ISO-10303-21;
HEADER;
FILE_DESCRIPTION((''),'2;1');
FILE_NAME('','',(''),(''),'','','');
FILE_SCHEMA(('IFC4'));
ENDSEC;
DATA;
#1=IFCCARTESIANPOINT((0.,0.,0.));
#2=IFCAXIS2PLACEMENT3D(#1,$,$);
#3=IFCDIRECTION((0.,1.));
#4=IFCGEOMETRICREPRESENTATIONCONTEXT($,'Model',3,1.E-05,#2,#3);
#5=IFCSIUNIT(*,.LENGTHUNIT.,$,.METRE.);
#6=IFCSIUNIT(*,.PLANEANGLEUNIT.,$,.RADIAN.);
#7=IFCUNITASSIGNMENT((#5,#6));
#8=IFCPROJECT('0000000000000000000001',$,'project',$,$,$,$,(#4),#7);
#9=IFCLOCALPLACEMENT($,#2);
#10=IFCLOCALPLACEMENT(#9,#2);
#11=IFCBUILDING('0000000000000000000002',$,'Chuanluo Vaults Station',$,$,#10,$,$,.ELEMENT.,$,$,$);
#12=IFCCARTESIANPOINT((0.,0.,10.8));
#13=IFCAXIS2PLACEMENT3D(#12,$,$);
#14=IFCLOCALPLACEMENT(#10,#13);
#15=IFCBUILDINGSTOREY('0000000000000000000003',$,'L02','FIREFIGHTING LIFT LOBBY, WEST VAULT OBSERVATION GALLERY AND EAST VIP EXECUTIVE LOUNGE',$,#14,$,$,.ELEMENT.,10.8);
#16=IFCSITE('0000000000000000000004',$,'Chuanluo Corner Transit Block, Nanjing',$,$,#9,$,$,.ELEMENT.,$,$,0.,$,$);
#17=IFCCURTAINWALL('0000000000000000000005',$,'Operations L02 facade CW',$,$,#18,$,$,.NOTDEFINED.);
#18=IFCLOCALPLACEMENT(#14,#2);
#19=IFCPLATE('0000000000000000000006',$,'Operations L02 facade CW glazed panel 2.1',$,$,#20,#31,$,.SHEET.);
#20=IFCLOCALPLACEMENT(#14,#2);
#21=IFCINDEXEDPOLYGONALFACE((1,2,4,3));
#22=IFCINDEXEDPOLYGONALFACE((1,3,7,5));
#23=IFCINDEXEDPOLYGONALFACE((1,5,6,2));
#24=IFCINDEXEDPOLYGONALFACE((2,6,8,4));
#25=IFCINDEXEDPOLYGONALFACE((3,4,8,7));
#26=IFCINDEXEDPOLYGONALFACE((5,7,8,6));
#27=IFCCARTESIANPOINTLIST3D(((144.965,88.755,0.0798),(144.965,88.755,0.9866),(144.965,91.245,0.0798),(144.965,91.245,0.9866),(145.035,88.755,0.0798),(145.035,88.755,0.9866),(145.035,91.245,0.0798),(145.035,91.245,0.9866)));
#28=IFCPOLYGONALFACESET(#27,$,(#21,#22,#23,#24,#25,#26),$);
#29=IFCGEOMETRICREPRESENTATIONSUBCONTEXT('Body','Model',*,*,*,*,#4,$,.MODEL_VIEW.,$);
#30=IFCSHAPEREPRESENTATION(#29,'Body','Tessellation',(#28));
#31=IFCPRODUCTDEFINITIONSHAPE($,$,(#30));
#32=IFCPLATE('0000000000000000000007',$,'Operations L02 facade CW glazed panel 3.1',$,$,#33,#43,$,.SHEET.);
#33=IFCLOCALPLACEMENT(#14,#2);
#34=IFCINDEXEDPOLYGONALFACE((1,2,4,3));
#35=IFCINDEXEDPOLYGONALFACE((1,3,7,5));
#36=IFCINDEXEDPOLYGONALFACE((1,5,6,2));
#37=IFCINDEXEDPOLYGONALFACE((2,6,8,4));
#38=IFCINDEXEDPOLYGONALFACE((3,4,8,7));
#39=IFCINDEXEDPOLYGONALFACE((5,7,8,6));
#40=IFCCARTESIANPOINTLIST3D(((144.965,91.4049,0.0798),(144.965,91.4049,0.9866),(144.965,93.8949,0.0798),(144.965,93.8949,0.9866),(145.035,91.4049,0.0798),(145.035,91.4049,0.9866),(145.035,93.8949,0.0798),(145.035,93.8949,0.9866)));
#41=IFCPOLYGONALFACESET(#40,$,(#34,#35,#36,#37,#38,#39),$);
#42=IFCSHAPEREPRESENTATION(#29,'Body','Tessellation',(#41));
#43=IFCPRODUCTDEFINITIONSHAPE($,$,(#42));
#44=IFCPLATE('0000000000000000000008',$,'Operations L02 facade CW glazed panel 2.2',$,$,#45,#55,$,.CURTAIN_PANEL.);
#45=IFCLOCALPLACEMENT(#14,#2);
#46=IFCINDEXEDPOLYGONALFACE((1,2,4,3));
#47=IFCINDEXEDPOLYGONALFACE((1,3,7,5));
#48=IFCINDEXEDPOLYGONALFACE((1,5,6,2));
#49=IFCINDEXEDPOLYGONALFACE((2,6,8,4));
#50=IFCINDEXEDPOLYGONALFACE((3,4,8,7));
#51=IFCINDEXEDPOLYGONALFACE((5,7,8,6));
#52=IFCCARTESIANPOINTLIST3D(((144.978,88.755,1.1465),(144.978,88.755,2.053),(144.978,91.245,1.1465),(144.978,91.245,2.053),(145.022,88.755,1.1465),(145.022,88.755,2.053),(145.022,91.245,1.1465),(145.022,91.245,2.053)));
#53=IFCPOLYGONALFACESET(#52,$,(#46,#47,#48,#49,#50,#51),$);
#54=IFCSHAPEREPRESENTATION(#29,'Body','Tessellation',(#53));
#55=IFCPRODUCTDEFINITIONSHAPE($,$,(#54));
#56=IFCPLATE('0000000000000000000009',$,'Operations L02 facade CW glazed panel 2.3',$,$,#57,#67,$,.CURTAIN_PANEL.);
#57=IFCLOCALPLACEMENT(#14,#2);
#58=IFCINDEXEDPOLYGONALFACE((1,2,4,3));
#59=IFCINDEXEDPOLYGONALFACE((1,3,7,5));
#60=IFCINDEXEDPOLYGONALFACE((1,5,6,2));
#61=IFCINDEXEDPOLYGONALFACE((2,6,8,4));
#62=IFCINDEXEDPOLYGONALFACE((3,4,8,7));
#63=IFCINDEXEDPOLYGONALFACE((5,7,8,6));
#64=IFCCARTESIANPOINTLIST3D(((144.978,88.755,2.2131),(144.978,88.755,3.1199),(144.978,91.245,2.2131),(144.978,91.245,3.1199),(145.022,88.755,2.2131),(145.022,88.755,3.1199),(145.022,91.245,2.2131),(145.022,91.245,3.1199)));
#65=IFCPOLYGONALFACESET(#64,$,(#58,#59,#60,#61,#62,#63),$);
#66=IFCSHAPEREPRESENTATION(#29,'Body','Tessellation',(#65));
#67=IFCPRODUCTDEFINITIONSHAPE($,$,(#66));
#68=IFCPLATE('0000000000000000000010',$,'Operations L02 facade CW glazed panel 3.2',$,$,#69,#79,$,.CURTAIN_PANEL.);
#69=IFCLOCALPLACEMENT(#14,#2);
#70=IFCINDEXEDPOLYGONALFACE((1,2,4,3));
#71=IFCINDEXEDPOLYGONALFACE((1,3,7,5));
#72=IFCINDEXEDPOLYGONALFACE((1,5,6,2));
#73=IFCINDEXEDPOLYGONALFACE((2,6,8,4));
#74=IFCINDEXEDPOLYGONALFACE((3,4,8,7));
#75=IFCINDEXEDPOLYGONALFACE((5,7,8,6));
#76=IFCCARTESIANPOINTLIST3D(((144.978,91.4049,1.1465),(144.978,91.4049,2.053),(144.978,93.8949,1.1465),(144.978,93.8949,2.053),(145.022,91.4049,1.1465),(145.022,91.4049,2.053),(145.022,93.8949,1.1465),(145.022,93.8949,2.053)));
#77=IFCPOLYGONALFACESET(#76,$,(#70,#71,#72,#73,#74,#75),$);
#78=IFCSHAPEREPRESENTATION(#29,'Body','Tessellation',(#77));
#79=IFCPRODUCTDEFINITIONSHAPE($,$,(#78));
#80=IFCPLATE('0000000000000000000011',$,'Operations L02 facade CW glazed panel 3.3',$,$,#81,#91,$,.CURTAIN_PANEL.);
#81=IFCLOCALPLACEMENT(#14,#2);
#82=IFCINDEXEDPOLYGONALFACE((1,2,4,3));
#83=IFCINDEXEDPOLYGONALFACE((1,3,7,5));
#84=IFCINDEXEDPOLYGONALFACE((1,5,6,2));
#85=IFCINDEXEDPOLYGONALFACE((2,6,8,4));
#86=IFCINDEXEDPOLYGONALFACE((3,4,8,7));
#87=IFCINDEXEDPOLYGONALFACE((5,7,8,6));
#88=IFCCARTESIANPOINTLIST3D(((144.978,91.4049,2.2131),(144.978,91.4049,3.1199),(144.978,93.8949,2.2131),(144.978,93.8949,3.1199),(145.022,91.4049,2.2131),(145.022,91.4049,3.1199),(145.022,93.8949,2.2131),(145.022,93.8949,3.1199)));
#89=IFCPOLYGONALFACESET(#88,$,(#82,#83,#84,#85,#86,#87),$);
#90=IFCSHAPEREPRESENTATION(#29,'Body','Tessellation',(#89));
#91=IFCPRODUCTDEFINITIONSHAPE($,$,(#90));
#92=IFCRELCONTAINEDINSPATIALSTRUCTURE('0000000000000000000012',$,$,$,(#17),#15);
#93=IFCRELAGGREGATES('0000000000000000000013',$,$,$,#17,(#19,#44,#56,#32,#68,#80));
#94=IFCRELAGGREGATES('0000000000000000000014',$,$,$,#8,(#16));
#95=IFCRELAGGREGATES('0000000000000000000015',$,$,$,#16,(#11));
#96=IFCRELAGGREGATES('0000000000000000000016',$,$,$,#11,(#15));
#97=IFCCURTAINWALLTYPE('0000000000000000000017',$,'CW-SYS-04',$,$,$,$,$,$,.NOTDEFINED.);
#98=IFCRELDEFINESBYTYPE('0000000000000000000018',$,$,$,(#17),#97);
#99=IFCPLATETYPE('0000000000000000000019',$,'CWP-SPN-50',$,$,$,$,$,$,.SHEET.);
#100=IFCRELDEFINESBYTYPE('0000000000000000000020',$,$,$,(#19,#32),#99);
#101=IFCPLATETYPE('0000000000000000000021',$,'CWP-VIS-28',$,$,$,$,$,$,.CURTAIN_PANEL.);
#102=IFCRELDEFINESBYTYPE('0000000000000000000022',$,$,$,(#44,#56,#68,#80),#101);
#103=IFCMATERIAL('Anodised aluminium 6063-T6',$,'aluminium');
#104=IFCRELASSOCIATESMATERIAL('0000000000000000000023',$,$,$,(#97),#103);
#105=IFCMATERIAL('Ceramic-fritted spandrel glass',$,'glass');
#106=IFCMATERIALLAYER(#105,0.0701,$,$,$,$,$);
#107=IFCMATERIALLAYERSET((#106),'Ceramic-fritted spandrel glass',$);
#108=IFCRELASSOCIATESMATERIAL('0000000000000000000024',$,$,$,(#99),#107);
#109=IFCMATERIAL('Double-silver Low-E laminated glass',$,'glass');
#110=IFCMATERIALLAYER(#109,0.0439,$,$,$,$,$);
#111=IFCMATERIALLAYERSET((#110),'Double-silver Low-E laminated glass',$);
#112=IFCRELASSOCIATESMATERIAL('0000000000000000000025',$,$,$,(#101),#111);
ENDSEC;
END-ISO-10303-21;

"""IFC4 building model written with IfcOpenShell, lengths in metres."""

from ifc_helpers import new_model, si_unit, direction, frame, origin, origin_2d, place, context, subcontext, project, spatial, rectangle, extrude, material, layer, layer_set, type_object, element, aggregate, save


model = new_model("IFC4")

# Units and contexts
model_context = context("Model", 3, precision=1e-05, world=origin(), true_north=direction((0.0, 1.0)))
body_context = subcontext(model_context, "Body", "Model", "MODEL_VIEW")
ifc_project = project(units=[si_unit("LENGTHUNIT", "METRE"), si_unit("PLANEANGLEUNIT", "RADIAN")], contexts=[model_context])

# Site, building, storey
site_placement = place(None, origin())
site = spatial("IfcSite", under=ifc_project, at=site_placement, Name="Chuanluo Corner Transit Block, Nanjing", CompositionType="ELEMENT", RefElevation=0.0)
building_placement = place(site_placement, origin())
building = spatial("IfcBuilding", under=site, at=building_placement, Name="Chuanluo Vaults Station", CompositionType="ELEMENT")
storey_placement = place(building_placement, frame((0.0, 0.0, 10.8)))
storey = spatial("IfcBuildingStorey", under=building, at=storey_placement, Name="L02", Description="FIREFIGHTING LIFT LOBBY, WEST VAULT OBSERVATION GALLERY AND EAST VIP EXECUTIVE LOUNGE", CompositionType="ELEMENT", Elevation=10.8)

# Curtain wall
ifc_material_1 = material(Name="Anodised aluminium 6063-T6", Category="aluminium")
curtain_wall_type_1 = type_object("IfcCurtainWallType", Name="CW-SYS-04", PredefinedType="NOTDEFINED", material=ifc_material_1)
curtain_wall_1_placement = place(storey_placement, origin())
curtain_wall_1 = element("IfcCurtainWall", 1, at=curtain_wall_1_placement, inside=storey, type_object=curtain_wall_type_1, Name="Operations L02 facade CW", PredefinedType="NOTDEFINED")

# Plates
ifc_material_2 = material(Name="Ceramic-fritted spandrel glass", Category="glass")
ifc_layer_1 = layer(ifc_material_2, 0.0701)
ifc_layer_set_1 = layer_set([ifc_layer_1], Name="Ceramic-fritted spandrel glass")
plate_type_1 = type_object("IfcPlateType", Name="CWP-SPN-50", PredefinedType="SHEET", material=ifc_layer_set_1)
plate_1_placement = place(storey_placement, frame((145.0, 90.0, 0.0798), z_axis=(0.0, 0.0, 1.0), x_axis=(0.0, 1.0, 0.0)))
plate_1 = element("IfcPlate", 2, at=plate_1_placement, type_object=plate_type_1, Name="Operations L02 facade CW glazed panel 2.1", PredefinedType="SHEET", context=body_context, shape_type="SweptSolid", body=[
    extrude(rectangle(XDim=2.49, YDim=0.0701, at=origin_2d()), origin(), (0.0, 0.0, 1.0), 0.9067),
])
plate_2_placement = place(storey_placement, frame((145.0, 92.6499, 0.0798), z_axis=(0.0, 0.0, 1.0), x_axis=(0.0, 1.0, 0.0)))
plate_2 = element("IfcPlate", 3, at=plate_2_placement, type_object=plate_type_1, Name="Operations L02 facade CW glazed panel 3.1", PredefinedType="SHEET", context=body_context, shape_type="SweptSolid", body=[
    extrude(rectangle(XDim=2.49, YDim=0.0701, at=origin_2d()), origin(), (0.0, 0.0, 1.0), 0.9067),
])
ifc_material_3 = material(Name="Double-silver Low-E laminated glass", Category="glass")
ifc_layer_2 = layer(ifc_material_3, 0.0439)
ifc_layer_set_2 = layer_set([ifc_layer_2], Name="Double-silver Low-E laminated glass")
plate_type_2 = type_object("IfcPlateType", Name="CWP-VIS-28", PredefinedType="CURTAIN_PANEL", material=ifc_layer_set_2)
plate_3_placement = place(storey_placement, frame((145.0, 90.0, 1.1465), z_axis=(0.0, 0.0, 1.0), x_axis=(0.0, 1.0, 0.0)))
plate_3 = element("IfcPlate", 4, at=plate_3_placement, type_object=plate_type_2, Name="Operations L02 facade CW glazed panel 2.2", PredefinedType="CURTAIN_PANEL", context=body_context, shape_type="SweptSolid", body=[
    extrude(rectangle(XDim=2.49, YDim=0.0439, at=origin_2d()), origin(), (0.0, 0.0, 1.0), 0.9065),
])
plate_4_placement = place(storey_placement, frame((145.0, 90.0, 2.2131), z_axis=(0.0, 0.0, 1.0), x_axis=(0.0, 1.0, 0.0)))
plate_4 = element("IfcPlate", 5, at=plate_4_placement, type_object=plate_type_2, Name="Operations L02 facade CW glazed panel 2.3", PredefinedType="CURTAIN_PANEL", context=body_context, shape_type="SweptSolid", body=[
    extrude(rectangle(XDim=2.49, YDim=0.0439, at=origin_2d()), origin(), (0.0, 0.0, 1.0), 0.9067),
])
plate_5_placement = place(storey_placement, frame((145.0, 92.6499, 1.1465), z_axis=(0.0, 0.0, 1.0), x_axis=(0.0, 1.0, 0.0)))
plate_5 = element("IfcPlate", 6, at=plate_5_placement, type_object=plate_type_2, Name="Operations L02 facade CW glazed panel 3.2", PredefinedType="CURTAIN_PANEL", context=body_context, shape_type="SweptSolid", body=[
    extrude(rectangle(XDim=2.49, YDim=0.0439, at=origin_2d()), origin(), (0.0, 0.0, 1.0), 0.9065),
])
plate_6_placement = place(storey_placement, frame((145.0, 92.6499, 2.2131), z_axis=(0.0, 0.0, 1.0), x_axis=(0.0, 1.0, 0.0)))
plate_6 = element("IfcPlate", 7, at=plate_6_placement, type_object=plate_type_2, Name="Operations L02 facade CW glazed panel 3.3", PredefinedType="CURTAIN_PANEL", context=body_context, shape_type="SweptSolid", body=[
    extrude(rectangle(XDim=2.49, YDim=0.0439, at=origin_2d()), origin(), (0.0, 0.0, 1.0), 0.9067),
])
aggregate(curtain_wall_1, [plate_1, plate_3, plate_4, plate_2, plate_5, plate_6])

save(model, "model.ifc")
